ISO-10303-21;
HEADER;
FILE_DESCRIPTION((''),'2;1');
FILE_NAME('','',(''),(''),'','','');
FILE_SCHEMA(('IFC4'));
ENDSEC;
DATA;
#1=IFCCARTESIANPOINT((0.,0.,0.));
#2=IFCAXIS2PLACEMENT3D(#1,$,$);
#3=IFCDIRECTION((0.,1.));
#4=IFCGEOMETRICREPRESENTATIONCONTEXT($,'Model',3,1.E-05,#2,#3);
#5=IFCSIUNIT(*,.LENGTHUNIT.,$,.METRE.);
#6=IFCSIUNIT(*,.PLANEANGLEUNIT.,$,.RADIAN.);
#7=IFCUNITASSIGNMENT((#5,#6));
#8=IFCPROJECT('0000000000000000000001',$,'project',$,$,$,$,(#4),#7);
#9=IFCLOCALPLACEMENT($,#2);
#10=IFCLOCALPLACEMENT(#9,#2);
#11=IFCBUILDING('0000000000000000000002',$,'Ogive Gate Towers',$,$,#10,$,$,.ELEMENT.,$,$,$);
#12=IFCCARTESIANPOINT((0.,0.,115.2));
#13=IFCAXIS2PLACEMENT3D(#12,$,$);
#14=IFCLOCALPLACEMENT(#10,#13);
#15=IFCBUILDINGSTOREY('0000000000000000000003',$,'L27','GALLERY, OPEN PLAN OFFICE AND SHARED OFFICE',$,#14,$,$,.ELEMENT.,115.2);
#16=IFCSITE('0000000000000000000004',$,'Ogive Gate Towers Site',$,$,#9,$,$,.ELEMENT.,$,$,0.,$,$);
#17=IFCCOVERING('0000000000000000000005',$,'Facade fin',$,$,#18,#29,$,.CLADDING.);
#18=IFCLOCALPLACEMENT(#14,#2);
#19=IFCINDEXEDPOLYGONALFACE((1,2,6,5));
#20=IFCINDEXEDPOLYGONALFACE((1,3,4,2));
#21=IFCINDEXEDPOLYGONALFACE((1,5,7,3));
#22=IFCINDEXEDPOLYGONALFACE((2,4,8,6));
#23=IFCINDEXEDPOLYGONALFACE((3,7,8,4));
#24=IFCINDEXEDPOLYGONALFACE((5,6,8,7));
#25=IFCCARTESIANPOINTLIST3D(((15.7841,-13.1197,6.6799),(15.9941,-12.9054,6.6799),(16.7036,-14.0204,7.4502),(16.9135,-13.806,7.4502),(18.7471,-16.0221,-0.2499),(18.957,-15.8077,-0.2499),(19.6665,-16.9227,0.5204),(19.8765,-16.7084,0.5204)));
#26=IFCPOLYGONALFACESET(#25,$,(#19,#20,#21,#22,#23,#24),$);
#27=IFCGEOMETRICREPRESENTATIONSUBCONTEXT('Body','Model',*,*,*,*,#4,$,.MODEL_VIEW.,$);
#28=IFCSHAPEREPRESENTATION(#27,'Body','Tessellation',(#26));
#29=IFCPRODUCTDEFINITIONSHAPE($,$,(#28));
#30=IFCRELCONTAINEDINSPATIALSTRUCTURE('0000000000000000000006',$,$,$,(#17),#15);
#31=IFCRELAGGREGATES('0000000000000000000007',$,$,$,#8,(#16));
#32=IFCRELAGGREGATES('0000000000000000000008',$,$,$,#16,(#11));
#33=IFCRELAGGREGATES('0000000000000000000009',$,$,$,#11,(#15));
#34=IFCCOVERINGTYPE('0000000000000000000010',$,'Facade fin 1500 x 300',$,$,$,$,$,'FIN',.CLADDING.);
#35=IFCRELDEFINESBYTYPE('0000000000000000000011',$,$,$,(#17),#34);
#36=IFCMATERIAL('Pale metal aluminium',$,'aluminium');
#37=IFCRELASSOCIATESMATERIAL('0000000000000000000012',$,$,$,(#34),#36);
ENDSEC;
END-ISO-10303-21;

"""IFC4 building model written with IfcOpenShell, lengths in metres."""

from ifc_helpers import new_model, si_unit, direction, frame, origin, origin_2d, place, context, subcontext, project, spatial, rectangle, extrude, material, material_profile, profile_set, type_object, element, save


model = new_model("IFC4")

# Units and contexts
model_context = context("Model", 3, precision=1e-05, world=origin(), true_north=direction((0.0, 1.0)))
body_context = subcontext(model_context, "Body", "Model", "MODEL_VIEW")
ifc_project = project(units=[si_unit("LENGTHUNIT", "METRE"), si_unit("PLANEANGLEUNIT", "RADIAN")], contexts=[model_context])

# Site, building, storey
site_placement = place(None, origin())
site = spatial("IfcSite", under=ifc_project, at=site_placement, Name="Ogive Gate Towers Site", CompositionType="ELEMENT", RefElevation=0.0)
building_placement = place(site_placement, origin())
building = spatial("IfcBuilding", under=site, at=building_placement, Name="Ogive Gate Towers", CompositionType="ELEMENT")
storey_placement = place(building_placement, frame((0.0, 0.0, 115.2)))
storey = spatial("IfcBuildingStorey", under=building, at=storey_placement, Name="L27", Description="GALLERY, OPEN PLAN OFFICE AND SHARED OFFICE", CompositionType="ELEMENT", Elevation=115.2)

# Shared definitions
ifc_material_1 = material(Name="Pale metal aluminium", Category="aluminium")

# Covering
ifc_material_profile_1 = material_profile(ifc_material_1, rectangle(XDim=0.3, YDim=1.5, at=origin_2d()), Name="1500 x 300 pale metal aluminium")
ifc_profile_set_1 = profile_set([ifc_material_profile_1], Name="Pale metal aluminium")
covering_type = type_object("IfcCoveringType", Name="Facade fin 1500 x 300", ElementType="FIN", PredefinedType="CLADDING", material=ifc_profile_set_1)
covering_placement = place(storey_placement, frame((19.3118, -16.3652, 0.1353), z_axis=(-0.366873, 0.359376, 0.858052), x_axis=(-0.69977, -0.714368, 0.0)))
element("IfcCovering", 1, at=covering_placement, inside=storey, type_object=covering_type, Name="Facade fin", PredefinedType="CLADDING", context=body_context, shape_type="SweptSolid", body=[
    extrude(rectangle(XDim=0.3, YDim=1.5, at=origin_2d()), origin(), (0.0, 0.0, 1.0), 8.0762),
])

save(model, "model.ifc")
